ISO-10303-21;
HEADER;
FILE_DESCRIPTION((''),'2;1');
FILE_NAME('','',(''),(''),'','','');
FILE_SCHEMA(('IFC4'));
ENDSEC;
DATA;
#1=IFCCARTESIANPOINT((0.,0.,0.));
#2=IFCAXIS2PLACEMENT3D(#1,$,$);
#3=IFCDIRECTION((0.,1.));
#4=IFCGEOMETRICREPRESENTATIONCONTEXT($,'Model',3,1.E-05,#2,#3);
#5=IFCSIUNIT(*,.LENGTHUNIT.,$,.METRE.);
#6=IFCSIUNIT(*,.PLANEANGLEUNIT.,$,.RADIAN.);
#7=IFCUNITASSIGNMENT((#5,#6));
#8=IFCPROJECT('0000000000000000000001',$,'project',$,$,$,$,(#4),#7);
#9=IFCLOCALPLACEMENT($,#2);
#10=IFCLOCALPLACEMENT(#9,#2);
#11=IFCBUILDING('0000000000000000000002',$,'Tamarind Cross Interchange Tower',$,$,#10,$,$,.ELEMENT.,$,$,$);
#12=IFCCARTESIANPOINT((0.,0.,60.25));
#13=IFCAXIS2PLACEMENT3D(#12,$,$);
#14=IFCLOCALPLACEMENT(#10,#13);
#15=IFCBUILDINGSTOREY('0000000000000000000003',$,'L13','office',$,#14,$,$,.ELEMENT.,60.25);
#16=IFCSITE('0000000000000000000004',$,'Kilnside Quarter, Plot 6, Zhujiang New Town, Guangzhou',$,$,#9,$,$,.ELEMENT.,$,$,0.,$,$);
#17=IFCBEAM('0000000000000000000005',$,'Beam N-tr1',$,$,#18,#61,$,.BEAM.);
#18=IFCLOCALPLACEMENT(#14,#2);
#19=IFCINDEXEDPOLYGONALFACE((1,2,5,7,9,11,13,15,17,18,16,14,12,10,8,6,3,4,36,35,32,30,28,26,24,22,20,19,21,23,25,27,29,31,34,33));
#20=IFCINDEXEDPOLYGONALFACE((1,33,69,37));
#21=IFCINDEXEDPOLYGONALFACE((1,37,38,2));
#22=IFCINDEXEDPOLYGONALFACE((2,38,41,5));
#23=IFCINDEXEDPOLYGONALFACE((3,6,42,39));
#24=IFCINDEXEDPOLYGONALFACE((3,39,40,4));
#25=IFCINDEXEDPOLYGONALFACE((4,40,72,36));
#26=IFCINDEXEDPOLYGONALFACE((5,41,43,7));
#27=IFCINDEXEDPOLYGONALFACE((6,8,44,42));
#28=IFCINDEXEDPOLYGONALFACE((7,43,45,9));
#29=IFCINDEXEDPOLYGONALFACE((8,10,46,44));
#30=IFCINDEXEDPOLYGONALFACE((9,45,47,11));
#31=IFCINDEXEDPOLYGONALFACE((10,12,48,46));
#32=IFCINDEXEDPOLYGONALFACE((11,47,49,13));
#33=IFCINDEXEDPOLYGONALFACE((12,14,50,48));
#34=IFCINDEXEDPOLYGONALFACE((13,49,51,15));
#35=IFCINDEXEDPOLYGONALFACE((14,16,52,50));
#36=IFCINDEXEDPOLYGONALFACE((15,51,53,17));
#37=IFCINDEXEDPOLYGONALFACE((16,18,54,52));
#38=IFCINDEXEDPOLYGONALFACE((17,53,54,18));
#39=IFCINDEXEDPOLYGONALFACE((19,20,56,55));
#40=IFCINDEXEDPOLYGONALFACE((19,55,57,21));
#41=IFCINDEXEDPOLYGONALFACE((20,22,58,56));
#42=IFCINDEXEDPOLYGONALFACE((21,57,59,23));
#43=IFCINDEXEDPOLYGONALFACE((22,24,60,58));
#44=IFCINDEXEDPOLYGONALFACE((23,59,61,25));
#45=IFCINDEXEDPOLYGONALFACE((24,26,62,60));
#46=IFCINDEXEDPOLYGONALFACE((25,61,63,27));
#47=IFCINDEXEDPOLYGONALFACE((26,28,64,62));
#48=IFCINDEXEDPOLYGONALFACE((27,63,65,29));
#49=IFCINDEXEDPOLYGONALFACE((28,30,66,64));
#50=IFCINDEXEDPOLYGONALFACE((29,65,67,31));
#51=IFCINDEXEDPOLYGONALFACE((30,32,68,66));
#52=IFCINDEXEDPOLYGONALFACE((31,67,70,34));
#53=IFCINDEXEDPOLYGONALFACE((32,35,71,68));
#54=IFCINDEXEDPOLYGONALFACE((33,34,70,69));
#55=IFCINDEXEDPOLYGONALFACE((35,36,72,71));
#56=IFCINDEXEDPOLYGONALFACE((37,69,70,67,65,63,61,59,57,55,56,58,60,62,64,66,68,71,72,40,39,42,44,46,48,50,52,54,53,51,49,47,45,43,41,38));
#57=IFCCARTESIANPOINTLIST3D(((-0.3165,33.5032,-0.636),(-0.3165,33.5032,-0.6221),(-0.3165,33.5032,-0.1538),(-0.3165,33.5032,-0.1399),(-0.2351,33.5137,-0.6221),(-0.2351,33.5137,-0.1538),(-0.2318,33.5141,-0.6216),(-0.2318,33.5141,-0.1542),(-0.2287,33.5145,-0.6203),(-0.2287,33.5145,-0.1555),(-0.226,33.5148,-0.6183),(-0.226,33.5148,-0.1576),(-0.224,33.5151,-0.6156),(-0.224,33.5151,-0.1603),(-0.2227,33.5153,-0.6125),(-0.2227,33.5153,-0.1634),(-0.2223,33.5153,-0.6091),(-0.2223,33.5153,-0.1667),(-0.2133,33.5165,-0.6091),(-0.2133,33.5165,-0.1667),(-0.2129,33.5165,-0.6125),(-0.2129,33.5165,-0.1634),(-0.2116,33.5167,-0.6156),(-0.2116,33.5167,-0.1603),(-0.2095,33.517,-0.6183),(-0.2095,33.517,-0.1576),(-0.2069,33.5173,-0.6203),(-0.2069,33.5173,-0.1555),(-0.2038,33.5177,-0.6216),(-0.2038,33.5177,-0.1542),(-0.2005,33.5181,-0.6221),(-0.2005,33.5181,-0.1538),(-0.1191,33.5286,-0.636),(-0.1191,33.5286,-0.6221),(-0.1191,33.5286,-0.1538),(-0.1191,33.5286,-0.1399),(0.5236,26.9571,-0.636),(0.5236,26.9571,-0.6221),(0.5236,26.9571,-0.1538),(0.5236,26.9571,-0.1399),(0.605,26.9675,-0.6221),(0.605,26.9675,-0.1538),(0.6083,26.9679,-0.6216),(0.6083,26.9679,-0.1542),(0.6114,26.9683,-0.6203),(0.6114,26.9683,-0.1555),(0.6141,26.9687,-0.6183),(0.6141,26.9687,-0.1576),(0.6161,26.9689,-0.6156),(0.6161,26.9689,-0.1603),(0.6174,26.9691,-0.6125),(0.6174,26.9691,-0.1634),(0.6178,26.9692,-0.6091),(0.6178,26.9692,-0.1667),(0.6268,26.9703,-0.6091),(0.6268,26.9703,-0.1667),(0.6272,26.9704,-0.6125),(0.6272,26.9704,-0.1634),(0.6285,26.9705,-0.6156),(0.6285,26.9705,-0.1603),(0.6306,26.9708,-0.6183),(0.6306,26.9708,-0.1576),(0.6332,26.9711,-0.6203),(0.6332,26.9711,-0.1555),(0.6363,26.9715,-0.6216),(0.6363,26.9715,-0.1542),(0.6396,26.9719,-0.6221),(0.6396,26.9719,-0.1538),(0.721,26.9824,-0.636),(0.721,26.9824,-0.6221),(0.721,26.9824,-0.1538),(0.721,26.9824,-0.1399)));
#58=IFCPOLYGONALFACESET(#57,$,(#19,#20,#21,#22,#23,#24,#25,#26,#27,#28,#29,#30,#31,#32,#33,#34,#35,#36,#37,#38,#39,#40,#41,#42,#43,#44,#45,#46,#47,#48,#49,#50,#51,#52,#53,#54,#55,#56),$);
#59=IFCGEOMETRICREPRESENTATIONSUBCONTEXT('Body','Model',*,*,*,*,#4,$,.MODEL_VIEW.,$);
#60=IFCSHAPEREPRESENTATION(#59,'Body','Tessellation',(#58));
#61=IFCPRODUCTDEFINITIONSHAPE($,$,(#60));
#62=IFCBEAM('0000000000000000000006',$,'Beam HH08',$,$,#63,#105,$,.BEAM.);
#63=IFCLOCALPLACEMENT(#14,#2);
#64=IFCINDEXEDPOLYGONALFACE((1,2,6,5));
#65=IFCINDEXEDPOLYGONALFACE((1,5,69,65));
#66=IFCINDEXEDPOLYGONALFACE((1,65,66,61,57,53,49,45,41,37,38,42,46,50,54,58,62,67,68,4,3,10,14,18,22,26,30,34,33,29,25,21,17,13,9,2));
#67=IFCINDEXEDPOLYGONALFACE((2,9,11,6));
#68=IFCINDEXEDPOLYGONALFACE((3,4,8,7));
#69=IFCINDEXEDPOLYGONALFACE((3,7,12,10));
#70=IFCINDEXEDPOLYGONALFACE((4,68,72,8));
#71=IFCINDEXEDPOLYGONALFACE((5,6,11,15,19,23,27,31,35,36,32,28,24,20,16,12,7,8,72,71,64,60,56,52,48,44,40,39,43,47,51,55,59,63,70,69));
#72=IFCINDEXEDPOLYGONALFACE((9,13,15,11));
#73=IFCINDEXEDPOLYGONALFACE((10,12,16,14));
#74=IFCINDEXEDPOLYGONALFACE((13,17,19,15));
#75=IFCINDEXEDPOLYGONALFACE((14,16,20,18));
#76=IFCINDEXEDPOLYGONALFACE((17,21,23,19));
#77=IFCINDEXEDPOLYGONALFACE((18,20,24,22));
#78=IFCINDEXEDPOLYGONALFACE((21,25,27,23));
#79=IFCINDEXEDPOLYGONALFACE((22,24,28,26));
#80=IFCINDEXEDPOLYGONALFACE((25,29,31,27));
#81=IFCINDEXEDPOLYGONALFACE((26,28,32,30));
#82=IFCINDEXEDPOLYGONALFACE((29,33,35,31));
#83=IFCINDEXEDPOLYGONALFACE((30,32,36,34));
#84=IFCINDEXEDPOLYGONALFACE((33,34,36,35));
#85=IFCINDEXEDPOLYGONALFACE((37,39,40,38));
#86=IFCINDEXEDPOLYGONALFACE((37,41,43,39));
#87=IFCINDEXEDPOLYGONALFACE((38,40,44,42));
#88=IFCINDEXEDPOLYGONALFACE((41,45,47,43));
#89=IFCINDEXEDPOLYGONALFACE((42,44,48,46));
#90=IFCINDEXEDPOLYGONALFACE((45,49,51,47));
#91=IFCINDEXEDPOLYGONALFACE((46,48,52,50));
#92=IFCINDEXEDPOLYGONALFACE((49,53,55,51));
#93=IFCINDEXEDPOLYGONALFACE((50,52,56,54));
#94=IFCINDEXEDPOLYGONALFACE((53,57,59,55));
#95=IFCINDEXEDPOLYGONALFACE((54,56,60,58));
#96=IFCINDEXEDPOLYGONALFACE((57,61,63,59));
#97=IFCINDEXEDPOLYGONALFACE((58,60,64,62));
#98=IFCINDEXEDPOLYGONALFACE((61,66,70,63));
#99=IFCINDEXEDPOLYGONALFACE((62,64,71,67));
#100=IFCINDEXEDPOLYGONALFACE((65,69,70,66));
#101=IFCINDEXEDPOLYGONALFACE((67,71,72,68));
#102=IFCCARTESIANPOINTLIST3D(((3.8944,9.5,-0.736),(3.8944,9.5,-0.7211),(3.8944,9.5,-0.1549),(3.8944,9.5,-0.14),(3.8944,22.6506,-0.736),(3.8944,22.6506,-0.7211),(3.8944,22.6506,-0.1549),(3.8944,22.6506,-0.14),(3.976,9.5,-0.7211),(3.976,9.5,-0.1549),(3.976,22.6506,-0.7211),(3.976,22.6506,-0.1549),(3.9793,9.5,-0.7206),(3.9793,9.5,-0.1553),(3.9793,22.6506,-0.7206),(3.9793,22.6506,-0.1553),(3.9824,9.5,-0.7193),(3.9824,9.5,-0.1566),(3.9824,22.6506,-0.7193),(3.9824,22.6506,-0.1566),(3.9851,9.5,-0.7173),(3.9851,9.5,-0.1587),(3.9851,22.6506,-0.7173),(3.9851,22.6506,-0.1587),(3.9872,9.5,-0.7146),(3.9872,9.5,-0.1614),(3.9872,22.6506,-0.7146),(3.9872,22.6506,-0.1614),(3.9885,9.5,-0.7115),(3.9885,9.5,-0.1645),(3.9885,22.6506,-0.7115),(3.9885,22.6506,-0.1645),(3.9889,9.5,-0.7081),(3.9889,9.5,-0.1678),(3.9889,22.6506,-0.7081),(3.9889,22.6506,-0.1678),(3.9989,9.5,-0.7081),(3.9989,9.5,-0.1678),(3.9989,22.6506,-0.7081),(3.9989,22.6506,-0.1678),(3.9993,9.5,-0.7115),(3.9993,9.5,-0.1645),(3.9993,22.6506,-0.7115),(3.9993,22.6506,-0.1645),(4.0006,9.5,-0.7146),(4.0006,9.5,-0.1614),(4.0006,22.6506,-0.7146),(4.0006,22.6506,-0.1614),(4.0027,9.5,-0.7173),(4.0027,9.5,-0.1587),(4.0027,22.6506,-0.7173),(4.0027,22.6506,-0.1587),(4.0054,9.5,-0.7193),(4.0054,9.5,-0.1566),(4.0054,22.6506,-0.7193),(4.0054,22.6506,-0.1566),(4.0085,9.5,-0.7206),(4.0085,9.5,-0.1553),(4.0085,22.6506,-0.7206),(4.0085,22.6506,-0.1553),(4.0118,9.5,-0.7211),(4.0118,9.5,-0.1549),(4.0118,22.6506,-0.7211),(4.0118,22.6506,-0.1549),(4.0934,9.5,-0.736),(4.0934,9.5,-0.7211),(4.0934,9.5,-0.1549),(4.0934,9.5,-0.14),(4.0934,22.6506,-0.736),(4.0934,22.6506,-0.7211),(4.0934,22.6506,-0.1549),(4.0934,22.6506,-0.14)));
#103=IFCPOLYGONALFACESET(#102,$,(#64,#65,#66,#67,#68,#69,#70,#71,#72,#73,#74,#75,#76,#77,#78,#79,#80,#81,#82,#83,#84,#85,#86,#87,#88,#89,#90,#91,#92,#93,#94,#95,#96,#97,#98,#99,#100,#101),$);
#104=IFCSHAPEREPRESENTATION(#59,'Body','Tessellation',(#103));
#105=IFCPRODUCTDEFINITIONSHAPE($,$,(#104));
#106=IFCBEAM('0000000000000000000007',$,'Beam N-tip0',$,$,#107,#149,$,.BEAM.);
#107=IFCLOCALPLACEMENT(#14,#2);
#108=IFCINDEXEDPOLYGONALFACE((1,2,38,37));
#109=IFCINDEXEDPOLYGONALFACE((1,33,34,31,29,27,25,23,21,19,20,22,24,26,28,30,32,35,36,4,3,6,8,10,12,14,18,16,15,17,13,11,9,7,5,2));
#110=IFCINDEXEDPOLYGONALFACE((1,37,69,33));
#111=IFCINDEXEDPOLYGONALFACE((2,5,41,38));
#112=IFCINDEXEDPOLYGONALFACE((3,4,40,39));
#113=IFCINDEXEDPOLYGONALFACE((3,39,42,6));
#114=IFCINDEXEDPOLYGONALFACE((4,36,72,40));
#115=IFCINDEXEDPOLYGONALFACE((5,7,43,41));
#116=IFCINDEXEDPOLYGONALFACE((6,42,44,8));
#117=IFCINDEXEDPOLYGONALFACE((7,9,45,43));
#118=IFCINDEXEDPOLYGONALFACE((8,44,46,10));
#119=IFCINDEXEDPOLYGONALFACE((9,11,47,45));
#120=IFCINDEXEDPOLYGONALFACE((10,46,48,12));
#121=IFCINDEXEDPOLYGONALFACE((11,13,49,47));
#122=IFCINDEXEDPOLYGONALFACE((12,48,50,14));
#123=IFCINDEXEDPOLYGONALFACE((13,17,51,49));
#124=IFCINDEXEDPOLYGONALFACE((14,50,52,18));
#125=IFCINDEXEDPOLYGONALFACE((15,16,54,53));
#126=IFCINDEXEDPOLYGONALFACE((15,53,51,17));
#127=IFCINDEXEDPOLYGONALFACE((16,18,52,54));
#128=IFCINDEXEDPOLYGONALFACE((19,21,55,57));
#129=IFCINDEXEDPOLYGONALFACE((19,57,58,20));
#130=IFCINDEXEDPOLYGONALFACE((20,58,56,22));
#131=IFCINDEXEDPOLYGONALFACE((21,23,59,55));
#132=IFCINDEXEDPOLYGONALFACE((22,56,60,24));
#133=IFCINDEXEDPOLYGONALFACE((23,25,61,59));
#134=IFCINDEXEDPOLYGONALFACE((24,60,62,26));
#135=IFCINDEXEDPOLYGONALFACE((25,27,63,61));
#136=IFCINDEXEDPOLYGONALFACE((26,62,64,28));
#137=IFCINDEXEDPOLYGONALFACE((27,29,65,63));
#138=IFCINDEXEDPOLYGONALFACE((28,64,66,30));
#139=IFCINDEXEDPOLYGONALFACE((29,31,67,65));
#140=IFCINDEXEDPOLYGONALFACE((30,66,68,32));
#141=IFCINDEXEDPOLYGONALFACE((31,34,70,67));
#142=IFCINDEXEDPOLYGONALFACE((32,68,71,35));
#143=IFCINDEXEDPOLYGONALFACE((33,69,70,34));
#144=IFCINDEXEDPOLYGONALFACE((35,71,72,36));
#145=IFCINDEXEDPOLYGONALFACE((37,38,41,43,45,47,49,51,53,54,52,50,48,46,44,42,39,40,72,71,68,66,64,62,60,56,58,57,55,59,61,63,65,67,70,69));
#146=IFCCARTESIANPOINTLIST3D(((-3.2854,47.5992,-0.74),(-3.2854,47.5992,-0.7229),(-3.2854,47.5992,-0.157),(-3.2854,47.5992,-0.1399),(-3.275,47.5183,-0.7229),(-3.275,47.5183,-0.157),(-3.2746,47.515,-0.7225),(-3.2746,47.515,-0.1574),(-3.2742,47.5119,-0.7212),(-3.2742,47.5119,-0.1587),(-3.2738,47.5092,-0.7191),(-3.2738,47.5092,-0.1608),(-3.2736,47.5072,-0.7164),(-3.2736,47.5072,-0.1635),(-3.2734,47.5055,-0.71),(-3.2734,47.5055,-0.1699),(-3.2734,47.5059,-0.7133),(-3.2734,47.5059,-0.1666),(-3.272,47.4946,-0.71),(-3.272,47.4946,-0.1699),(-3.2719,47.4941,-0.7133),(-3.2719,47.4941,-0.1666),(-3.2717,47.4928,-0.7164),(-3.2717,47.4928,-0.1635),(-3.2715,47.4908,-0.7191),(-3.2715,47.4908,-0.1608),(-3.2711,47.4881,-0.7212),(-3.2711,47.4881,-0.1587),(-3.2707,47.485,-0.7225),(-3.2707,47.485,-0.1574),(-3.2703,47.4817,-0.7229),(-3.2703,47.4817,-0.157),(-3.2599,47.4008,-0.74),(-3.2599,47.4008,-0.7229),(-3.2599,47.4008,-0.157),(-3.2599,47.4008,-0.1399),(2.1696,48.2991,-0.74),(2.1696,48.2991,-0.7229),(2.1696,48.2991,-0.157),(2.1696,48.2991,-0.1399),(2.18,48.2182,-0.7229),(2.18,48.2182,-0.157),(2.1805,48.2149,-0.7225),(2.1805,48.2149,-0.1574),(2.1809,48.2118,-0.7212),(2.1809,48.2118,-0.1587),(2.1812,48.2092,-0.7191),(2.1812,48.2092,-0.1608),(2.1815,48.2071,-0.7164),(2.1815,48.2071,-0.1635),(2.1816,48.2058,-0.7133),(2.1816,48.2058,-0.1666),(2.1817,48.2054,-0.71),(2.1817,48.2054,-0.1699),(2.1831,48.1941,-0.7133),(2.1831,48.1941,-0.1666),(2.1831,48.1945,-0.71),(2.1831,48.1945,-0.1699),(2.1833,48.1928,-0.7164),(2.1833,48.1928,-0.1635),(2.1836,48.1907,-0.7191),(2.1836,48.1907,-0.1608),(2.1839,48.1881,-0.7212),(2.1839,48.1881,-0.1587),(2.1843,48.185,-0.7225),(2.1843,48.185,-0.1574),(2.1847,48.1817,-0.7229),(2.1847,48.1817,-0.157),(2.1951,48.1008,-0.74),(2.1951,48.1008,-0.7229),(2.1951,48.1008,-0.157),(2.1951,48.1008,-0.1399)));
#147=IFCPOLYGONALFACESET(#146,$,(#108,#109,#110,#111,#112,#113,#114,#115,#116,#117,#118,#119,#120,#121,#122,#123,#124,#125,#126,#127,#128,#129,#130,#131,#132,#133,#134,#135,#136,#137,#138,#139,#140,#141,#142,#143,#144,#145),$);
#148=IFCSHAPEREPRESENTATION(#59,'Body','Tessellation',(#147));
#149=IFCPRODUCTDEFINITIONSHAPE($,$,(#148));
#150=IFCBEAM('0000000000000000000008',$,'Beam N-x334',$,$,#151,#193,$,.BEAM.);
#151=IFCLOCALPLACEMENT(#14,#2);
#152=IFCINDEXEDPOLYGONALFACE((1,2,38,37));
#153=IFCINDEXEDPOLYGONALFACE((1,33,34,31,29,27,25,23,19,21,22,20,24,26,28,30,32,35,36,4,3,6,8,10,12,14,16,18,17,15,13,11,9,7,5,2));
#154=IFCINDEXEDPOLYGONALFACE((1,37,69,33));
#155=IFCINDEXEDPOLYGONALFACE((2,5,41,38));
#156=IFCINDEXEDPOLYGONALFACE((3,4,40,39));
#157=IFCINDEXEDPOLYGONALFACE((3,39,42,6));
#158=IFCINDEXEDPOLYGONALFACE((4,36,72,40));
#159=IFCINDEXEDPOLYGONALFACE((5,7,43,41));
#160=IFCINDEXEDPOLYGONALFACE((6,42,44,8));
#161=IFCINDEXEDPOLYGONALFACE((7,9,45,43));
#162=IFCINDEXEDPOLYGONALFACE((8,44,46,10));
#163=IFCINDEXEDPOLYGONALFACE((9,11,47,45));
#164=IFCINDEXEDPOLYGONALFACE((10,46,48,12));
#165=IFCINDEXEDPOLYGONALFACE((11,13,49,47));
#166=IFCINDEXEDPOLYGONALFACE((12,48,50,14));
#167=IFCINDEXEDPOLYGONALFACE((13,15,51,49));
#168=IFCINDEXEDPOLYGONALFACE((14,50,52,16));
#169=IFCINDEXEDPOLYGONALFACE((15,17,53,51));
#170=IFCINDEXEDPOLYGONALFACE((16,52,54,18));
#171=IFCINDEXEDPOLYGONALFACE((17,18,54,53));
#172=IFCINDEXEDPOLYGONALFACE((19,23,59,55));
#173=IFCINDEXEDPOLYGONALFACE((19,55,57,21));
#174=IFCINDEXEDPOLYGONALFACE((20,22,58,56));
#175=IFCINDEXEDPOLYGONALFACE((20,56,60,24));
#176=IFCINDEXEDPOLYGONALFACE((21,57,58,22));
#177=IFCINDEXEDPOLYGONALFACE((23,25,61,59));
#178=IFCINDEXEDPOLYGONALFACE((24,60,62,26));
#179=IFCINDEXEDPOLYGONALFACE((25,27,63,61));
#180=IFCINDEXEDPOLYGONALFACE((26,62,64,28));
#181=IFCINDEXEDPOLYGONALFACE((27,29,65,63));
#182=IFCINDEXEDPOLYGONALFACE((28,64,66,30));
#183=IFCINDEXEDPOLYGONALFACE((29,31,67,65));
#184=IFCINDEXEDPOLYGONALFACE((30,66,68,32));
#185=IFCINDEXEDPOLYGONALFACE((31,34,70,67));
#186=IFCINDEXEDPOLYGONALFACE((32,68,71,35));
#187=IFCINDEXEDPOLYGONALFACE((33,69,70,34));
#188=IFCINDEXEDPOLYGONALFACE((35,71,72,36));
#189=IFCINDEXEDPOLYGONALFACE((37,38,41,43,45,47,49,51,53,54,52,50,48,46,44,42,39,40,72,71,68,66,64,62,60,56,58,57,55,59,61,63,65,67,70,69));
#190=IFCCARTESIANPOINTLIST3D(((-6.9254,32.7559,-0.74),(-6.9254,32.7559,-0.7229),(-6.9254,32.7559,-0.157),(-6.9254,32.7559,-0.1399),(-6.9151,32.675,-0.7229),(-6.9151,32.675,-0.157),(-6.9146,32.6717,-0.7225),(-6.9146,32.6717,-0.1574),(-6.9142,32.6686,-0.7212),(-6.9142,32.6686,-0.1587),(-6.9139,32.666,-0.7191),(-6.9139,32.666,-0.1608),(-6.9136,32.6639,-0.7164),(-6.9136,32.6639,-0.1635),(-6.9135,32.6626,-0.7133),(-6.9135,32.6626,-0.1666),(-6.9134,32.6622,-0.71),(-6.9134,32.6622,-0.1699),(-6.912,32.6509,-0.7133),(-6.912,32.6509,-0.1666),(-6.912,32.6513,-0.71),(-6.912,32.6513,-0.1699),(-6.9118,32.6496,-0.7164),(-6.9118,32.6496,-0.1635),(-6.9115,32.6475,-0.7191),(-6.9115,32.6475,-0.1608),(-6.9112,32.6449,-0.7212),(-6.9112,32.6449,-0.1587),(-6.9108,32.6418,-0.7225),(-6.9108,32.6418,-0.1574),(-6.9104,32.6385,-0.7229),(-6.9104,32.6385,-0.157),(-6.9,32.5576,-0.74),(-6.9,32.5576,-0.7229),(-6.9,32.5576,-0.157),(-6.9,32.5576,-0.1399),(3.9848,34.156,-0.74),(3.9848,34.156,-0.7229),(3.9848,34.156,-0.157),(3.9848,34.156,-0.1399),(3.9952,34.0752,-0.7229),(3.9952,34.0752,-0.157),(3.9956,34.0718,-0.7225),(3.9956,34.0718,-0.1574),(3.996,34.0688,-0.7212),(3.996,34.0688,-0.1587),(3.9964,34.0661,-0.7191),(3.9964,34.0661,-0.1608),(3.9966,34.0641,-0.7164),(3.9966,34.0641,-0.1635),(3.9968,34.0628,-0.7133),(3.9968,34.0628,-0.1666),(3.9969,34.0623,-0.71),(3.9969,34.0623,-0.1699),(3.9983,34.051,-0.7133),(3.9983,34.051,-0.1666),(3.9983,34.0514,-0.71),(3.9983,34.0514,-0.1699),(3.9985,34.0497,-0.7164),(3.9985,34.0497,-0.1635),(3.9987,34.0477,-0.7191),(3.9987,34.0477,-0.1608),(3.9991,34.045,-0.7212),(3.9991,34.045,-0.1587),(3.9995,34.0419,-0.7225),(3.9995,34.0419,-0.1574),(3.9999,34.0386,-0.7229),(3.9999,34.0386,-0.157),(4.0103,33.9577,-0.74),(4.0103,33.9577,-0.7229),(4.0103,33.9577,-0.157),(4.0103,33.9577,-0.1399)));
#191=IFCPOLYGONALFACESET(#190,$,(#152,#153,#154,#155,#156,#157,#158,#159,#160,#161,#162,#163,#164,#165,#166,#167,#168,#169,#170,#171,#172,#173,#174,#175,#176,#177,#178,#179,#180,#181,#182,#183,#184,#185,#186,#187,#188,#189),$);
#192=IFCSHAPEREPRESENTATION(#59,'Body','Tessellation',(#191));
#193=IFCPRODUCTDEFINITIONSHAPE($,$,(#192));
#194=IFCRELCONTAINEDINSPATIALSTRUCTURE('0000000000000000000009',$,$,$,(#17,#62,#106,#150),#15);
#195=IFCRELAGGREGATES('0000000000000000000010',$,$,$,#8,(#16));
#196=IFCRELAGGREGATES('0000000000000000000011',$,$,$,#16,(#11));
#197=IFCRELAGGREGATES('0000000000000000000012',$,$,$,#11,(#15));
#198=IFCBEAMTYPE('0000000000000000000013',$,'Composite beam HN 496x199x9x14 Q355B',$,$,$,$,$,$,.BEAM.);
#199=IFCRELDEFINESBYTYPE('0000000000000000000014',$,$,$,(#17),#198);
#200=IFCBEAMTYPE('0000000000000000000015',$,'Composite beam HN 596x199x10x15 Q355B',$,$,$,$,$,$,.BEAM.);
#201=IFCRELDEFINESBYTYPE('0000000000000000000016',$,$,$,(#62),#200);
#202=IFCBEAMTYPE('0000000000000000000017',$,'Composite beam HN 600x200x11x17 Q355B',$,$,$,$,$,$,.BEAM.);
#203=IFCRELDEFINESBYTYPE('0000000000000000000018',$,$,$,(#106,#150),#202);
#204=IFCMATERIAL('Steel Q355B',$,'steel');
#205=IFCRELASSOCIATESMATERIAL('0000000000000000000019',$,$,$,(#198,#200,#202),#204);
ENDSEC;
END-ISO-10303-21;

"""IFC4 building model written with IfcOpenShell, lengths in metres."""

from ifc_helpers import new_model, si_unit, direction, frame, origin, origin_2d, place, context, subcontext, project, spatial, i_section, extrude, material, material_profile, profile_set, type_object, element, save


model = new_model("IFC4")

# Units and contexts
model_context = context("Model", 3, precision=1e-05, world=origin(), true_north=direction((0.0, 1.0)))
body_context = subcontext(model_context, "Body", "Model", "MODEL_VIEW")
ifc_project = project(units=[si_unit("LENGTHUNIT", "METRE"), si_unit("PLANEANGLEUNIT", "RADIAN")], contexts=[model_context])

# Site, building, storey
site_placement = place(None, origin())
site = spatial("IfcSite", under=ifc_project, at=site_placement, Name="Kilnside Quarter, Plot 6, Zhujiang New Town, Guangzhou", CompositionType="ELEMENT", RefElevation=0.0)
building_placement = place(site_placement, origin())
building = spatial("IfcBuilding", under=site, at=building_placement, Name="Tamarind Cross Interchange Tower", CompositionType="ELEMENT")
storey_placement = place(building_placement, frame((0.0, 0.0, 60.25)))
storey = spatial("IfcBuildingStorey", under=building, at=storey_placement, Name="L13", Description="office", CompositionType="ELEMENT", Elevation=60.25)

# Beams
ifc_material_1 = material(Name="Steel Q355B", Category="steel")
ifc_material_profile_1 = material_profile(ifc_material_1, i_section(OverallWidth=0.199, OverallDepth=0.4961, WebThickness=0.009, FlangeThickness=0.0139, FilletRadius=0.0129, at=origin_2d()), Name="HN 496x199x9x14")
ifc_profile_set_1 = profile_set([ifc_material_profile_1], Name="Steel Q355B")
beam_type_1 = type_object("IfcBeamType", Name="Composite beam HN 496x199x9x14 Q355B", PredefinedType="BEAM", material=ifc_profile_set_1)
beam_1_placement = place(storey_placement, frame((0.6223, 26.9697, -0.3879), z_axis=(-0.127289, 0.991866, 0.0), x_axis=(-0.991866, -0.127289, 0.0)))
element("IfcBeam", 1, at=beam_1_placement, inside=storey, type_object=beam_type_1, Name="Beam N-tr1", PredefinedType="BEAM", context=body_context, shape_type="SweptSolid", body=[
    extrude(i_section(OverallWidth=0.199, OverallDepth=0.4961, WebThickness=0.009, FlangeThickness=0.0139, FilletRadius=0.0129, at=origin_2d()), origin(), (0.0, 0.0, 1.0), 6.5999),
])
ifc_material_profile_2 = material_profile(ifc_material_1, i_section(OverallWidth=0.199, OverallDepth=0.5959, WebThickness=0.01, FlangeThickness=0.0149, FilletRadius=0.0129, at=origin_2d()), Name="HN 596x199x10x15")
ifc_profile_set_2 = profile_set([ifc_material_profile_2], Name="Steel Q355B")
beam_type_2 = type_object("IfcBeamType", Name="Composite beam HN 596x199x10x15 Q355B", PredefinedType="BEAM", material=ifc_profile_set_2)
beam_2_placement = place(storey_placement, frame((3.9939, 22.6506, -0.438), z_axis=(0.0, -1.0, 0.0), x_axis=(1.0, 0.0, 0.0)))
element("IfcBeam", 2, at=beam_2_placement, inside=storey, type_object=beam_type_2, Name="Beam HH08", PredefinedType="BEAM", context=body_context, shape_type="SweptSolid", body=[
    extrude(i_section(OverallWidth=0.199, OverallDepth=0.5959, WebThickness=0.01, FlangeThickness=0.0149, FilletRadius=0.0129, at=origin_2d()), origin(), (0.0, 0.0, 1.0), 13.1506),
])
ifc_material_profile_3 = material_profile(ifc_material_1, i_section(OverallWidth=0.2, OverallDepth=0.6001, WebThickness=0.011, FlangeThickness=0.0171, FilletRadius=0.0129, at=origin_2d()), Name="HN 600x200x11x17")
ifc_profile_set_3 = profile_set([ifc_material_profile_3], Name="Steel Q355B")
beam_type_3 = type_object("IfcBeamType", Name="Composite beam HN 600x200x11x17 Q355B", PredefinedType="BEAM", material=ifc_profile_set_3)
beam_3_placement = place(storey_placement, frame((2.1824, 48.2, -0.4399), z_axis=(-0.991868, -0.127268, 0.0), x_axis=(0.127268, -0.991868, 0.0)))
element("IfcBeam", 3, at=beam_3_placement, inside=storey, type_object=beam_type_3, Name="Beam N-tip0", PredefinedType="BEAM", context=body_context, shape_type="SweptSolid", body=[
    extrude(i_section(OverallWidth=0.2, OverallDepth=0.6001, WebThickness=0.011, FlangeThickness=0.0171, FilletRadius=0.0129, at=origin_2d()), origin(), (0.0, 0.0, 1.0), 5.4998),
])
beam_4_placement = place(storey_placement, frame((3.9976, 34.0569, -0.4399), z_axis=(-0.991866, -0.127287, 0.0), x_axis=(0.127287, -0.991866, 0.0)))
element("IfcBeam", 4, at=beam_4_placement, inside=storey, type_object=beam_type_3, Name="Beam N-x334", PredefinedType="BEAM", context=body_context, shape_type="SweptSolid", body=[
    extrude(i_section(OverallWidth=0.2, OverallDepth=0.6001, WebThickness=0.011, FlangeThickness=0.0171, FilletRadius=0.0129, at=origin_2d()), origin(), (0.0, 0.0, 1.0), 10.9998),
])

save(model, "model.ifc")
